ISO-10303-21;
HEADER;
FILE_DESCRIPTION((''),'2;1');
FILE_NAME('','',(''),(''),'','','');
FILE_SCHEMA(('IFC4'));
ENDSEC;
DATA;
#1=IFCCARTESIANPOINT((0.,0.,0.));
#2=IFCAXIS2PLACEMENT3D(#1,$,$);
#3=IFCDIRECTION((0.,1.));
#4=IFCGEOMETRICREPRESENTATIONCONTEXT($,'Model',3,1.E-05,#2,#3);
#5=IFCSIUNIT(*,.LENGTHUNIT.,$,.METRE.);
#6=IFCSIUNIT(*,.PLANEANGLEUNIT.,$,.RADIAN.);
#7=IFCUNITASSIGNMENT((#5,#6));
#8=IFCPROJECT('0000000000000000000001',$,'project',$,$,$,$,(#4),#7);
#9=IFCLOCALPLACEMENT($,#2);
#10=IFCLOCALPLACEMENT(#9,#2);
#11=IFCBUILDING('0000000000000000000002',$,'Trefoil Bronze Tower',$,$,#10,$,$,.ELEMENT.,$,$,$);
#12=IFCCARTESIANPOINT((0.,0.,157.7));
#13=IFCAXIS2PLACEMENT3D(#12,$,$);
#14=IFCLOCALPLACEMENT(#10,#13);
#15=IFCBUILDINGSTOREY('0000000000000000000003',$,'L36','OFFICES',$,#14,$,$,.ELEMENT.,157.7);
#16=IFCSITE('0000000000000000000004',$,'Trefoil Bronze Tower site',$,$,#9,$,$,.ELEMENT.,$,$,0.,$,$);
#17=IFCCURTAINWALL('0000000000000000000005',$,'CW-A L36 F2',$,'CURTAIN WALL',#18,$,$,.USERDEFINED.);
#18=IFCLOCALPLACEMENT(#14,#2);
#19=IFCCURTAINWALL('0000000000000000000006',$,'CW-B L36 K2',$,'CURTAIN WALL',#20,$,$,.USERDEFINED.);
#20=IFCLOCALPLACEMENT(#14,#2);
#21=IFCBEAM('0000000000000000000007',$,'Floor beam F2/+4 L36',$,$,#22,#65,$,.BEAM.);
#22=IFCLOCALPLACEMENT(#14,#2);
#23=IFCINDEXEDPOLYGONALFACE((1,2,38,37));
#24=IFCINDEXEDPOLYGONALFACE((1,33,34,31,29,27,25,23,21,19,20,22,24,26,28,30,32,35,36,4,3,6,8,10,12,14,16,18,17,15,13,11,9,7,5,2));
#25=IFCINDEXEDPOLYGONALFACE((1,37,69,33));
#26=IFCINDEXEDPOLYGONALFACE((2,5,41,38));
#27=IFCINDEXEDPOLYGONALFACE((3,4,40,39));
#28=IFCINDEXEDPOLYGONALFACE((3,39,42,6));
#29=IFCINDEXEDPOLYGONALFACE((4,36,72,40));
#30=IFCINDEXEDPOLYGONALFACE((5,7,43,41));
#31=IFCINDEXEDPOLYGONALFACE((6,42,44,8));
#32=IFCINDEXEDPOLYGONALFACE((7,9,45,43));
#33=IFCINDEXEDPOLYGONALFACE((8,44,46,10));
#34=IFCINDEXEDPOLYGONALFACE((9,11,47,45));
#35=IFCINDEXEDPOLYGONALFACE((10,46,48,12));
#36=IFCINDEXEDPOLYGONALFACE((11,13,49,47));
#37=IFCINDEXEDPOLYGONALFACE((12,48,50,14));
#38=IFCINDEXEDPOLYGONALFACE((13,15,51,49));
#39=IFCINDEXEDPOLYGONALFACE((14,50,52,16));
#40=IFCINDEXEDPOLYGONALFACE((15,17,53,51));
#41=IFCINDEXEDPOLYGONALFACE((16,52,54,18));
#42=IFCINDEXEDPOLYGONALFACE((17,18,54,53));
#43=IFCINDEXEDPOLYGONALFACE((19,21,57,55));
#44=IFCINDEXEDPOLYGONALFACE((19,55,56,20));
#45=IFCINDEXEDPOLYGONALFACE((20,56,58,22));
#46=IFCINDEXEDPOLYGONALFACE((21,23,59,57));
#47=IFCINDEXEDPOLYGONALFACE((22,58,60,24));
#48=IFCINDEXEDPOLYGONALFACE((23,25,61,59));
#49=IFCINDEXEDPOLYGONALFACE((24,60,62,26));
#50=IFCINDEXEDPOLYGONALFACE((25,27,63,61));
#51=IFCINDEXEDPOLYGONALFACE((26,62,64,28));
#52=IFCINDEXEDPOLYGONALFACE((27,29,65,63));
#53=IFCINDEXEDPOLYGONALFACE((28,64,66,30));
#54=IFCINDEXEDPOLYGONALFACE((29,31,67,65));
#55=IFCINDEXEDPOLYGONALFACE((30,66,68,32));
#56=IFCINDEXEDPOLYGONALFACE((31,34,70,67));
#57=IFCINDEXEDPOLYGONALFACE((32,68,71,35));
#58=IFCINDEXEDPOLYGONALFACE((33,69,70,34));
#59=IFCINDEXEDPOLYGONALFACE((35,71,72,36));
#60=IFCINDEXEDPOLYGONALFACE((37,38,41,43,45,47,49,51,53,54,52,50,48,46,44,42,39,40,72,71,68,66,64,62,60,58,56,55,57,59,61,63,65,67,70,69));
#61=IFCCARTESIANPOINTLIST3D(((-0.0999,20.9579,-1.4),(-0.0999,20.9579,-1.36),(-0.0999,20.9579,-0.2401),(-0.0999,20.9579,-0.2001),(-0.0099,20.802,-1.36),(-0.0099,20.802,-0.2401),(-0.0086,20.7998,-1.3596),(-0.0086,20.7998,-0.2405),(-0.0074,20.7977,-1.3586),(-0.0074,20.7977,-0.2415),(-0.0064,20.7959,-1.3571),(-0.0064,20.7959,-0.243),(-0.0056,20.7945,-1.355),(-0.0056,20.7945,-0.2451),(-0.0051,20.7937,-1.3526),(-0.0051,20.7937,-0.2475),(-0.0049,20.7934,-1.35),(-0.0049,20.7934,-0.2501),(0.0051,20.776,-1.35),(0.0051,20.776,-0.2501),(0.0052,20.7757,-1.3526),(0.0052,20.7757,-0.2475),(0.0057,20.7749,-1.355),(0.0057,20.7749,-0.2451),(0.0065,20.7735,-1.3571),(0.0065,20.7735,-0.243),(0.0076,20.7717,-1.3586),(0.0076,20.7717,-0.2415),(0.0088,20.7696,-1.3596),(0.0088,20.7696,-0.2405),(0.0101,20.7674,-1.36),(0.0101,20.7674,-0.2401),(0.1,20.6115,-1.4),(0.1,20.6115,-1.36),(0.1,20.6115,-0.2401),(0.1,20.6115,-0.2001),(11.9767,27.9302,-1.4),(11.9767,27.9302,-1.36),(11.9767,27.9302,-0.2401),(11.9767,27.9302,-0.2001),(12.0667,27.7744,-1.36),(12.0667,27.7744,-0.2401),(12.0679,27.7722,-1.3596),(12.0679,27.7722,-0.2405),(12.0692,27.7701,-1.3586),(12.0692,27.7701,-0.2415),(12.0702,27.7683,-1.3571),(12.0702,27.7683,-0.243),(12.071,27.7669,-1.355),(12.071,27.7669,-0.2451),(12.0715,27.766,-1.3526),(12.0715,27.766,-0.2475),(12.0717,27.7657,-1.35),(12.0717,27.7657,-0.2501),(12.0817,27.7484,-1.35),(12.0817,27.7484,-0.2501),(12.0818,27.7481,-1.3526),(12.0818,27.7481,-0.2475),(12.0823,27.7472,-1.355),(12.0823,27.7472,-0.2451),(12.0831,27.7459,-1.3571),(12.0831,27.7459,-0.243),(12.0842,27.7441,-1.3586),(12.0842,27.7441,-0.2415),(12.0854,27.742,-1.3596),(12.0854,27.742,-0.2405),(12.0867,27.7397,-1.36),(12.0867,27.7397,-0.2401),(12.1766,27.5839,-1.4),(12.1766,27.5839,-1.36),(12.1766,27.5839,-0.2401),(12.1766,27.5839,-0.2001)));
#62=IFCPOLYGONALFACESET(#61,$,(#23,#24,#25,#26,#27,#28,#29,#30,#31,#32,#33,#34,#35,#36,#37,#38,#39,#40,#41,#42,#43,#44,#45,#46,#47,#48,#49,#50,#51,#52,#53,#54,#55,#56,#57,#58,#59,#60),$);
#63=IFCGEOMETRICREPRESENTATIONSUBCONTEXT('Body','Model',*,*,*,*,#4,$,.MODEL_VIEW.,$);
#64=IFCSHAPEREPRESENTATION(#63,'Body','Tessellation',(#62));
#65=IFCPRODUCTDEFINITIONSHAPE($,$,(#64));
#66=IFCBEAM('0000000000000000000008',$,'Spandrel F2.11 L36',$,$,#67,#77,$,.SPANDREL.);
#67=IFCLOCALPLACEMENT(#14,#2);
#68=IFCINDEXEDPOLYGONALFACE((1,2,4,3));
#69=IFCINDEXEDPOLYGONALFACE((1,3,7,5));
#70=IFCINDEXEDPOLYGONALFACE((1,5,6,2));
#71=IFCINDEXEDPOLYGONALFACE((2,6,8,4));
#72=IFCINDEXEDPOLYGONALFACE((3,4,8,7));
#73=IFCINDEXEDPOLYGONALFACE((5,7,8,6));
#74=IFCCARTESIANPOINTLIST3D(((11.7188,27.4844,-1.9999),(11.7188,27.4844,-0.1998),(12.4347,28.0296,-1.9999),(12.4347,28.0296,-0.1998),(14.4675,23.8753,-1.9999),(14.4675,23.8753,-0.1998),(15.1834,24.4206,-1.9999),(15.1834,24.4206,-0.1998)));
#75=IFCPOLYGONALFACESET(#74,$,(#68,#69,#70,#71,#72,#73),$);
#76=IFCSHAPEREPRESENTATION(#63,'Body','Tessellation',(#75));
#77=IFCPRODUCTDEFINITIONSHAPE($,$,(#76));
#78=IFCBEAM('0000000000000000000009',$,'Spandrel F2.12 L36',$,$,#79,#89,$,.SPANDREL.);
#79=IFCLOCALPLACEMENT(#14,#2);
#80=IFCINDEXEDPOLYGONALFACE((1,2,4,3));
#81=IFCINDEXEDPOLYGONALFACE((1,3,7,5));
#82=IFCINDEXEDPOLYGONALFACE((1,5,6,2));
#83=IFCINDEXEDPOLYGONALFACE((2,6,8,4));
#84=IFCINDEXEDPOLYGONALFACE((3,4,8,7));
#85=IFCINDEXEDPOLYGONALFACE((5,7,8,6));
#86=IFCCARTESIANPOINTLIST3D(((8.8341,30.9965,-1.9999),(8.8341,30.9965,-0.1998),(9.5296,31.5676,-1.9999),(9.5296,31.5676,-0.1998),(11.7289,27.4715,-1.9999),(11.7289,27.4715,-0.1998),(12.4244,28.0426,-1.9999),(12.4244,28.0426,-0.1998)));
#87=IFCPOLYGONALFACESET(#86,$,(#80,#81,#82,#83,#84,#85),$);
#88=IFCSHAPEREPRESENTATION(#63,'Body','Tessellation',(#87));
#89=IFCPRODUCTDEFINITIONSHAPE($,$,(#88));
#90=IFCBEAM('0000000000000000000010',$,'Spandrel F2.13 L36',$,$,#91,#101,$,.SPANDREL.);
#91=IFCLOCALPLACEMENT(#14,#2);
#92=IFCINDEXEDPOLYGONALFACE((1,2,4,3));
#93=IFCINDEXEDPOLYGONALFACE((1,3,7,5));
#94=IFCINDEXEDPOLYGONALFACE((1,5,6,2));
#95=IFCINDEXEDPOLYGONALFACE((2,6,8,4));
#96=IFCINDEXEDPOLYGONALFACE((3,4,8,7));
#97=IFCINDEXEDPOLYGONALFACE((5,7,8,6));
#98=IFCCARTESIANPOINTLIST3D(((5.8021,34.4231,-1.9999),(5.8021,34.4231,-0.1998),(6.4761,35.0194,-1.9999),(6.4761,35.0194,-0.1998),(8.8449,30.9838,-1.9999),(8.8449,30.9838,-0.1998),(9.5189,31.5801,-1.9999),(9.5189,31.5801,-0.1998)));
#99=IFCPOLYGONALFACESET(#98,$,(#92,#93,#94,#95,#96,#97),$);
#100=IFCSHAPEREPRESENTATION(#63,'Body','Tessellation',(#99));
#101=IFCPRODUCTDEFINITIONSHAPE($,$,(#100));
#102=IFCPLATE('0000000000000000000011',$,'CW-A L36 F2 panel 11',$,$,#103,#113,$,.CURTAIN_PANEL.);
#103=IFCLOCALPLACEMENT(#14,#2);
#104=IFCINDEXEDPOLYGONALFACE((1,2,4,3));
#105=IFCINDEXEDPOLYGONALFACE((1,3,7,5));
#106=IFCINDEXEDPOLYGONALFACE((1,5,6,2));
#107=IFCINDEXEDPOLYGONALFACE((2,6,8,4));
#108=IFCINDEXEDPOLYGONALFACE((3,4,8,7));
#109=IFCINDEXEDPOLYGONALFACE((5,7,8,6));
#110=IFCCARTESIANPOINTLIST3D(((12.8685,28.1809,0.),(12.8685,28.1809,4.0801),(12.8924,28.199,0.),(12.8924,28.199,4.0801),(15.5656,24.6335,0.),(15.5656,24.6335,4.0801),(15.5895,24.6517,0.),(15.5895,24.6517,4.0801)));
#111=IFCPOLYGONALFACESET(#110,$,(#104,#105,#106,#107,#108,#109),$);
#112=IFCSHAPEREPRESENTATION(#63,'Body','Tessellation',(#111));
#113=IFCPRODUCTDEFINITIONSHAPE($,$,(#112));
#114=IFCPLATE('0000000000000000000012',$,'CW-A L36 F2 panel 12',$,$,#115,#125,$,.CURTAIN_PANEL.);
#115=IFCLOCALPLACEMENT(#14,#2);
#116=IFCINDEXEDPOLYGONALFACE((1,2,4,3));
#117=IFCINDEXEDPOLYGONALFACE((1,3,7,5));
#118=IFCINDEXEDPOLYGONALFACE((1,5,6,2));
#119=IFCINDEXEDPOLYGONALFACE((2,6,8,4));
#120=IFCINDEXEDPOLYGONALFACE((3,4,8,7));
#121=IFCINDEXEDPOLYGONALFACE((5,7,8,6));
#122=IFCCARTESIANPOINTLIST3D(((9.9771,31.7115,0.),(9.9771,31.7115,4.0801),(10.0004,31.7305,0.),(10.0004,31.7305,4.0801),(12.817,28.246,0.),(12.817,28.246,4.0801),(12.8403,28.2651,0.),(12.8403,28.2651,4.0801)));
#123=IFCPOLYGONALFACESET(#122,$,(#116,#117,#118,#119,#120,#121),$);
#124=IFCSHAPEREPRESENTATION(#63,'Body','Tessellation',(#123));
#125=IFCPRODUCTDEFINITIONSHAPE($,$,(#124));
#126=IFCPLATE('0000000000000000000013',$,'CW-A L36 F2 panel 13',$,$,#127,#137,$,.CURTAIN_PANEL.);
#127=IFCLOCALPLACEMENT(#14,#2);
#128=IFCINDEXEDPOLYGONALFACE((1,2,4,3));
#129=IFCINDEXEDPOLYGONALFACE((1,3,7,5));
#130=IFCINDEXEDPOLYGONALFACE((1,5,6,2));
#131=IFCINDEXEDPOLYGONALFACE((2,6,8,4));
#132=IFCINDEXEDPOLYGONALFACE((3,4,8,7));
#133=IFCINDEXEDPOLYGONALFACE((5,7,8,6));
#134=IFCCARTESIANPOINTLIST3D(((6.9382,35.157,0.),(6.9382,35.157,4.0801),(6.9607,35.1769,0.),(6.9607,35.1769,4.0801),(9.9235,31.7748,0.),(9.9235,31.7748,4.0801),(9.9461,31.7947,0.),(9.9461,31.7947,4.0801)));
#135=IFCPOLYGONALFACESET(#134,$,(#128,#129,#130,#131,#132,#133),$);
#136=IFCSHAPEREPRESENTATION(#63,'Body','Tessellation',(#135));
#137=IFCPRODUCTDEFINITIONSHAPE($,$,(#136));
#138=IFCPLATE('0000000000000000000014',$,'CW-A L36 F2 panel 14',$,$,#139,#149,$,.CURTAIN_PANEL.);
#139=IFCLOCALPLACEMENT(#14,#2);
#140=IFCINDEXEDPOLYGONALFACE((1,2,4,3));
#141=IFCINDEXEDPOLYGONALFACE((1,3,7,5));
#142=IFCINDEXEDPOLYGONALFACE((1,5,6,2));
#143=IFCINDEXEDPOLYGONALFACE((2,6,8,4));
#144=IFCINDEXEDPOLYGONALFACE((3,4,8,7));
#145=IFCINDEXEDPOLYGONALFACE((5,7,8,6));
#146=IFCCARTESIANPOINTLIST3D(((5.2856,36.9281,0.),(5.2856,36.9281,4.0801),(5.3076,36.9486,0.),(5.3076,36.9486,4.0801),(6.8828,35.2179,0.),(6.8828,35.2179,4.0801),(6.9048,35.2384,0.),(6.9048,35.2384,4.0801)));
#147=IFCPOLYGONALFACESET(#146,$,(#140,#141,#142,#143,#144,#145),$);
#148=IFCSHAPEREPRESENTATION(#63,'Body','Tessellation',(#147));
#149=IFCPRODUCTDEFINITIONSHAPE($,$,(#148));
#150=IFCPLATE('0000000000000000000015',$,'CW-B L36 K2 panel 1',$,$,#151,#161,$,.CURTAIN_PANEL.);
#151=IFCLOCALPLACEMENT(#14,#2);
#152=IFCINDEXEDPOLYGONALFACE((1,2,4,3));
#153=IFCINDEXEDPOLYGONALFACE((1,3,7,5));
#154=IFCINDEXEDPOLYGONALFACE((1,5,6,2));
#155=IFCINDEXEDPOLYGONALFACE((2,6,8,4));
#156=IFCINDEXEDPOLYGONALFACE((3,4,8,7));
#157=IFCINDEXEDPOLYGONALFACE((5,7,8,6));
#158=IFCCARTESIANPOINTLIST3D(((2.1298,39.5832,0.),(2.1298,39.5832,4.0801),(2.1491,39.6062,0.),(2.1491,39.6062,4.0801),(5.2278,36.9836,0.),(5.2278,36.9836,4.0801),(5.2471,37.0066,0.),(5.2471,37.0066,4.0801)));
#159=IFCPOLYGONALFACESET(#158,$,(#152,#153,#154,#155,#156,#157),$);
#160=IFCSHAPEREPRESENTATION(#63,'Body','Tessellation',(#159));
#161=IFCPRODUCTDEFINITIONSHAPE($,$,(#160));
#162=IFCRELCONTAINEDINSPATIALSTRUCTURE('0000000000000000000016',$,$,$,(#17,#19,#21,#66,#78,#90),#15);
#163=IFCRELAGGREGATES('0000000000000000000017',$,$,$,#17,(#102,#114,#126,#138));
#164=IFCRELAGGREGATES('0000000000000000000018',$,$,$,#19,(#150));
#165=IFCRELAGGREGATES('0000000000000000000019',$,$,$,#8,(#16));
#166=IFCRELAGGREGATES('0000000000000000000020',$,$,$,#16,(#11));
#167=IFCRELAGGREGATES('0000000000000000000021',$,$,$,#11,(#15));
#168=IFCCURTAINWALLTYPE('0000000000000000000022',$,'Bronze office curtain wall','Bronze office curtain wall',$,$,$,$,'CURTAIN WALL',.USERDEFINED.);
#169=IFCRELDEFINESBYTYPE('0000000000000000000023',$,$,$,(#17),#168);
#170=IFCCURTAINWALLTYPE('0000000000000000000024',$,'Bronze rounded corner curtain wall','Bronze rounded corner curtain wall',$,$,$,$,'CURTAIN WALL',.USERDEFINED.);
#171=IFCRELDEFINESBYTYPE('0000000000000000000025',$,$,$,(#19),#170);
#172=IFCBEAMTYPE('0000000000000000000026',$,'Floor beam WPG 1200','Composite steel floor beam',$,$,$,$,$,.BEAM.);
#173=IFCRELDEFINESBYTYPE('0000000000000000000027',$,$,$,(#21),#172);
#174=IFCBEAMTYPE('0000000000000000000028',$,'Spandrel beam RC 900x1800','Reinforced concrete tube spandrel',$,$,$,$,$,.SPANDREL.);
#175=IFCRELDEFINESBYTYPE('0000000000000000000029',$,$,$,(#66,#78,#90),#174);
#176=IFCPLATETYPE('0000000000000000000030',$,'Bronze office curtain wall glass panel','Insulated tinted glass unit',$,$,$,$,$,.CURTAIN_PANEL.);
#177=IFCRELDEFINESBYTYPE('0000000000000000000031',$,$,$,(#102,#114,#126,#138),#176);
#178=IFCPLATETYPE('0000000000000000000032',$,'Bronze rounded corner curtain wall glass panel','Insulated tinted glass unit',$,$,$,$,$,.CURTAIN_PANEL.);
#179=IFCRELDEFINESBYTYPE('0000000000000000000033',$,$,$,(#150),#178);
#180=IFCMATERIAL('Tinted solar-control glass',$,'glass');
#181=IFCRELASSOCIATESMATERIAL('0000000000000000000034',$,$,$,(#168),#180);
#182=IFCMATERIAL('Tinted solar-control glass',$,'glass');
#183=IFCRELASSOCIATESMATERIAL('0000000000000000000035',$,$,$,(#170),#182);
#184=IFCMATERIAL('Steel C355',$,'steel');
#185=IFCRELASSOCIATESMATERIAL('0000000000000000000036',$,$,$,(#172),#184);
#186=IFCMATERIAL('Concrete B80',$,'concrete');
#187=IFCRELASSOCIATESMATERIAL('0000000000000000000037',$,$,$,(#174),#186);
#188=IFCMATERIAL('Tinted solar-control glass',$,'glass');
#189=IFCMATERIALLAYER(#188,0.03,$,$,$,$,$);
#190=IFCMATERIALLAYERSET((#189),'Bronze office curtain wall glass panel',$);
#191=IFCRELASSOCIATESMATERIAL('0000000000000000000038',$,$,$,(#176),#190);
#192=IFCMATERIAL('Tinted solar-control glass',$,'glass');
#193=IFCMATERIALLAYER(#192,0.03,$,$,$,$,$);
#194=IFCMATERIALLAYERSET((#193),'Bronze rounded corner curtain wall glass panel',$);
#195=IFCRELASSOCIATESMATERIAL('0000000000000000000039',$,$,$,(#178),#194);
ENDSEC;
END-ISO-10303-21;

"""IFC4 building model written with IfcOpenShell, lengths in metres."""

from ifc_helpers import new_model, si_unit, direction, frame, origin, origin_2d, place, context, subcontext, project, spatial, rectangle, i_section, extrude, material, layer, layer_set, material_profile, profile_set, type_object, element, aggregate, save


model = new_model("IFC4")

# Units and contexts
model_context = context("Model", 3, precision=1e-05, world=origin(), true_north=direction((0.0, 1.0)))
body_context = subcontext(model_context, "Body", "Model", "MODEL_VIEW")
ifc_project = project(units=[si_unit("LENGTHUNIT", "METRE"), si_unit("PLANEANGLEUNIT", "RADIAN")], contexts=[model_context])

# Site, building, storey
site_placement = place(None, origin())
site = spatial("IfcSite", under=ifc_project, at=site_placement, Name="Trefoil Bronze Tower site", CompositionType="ELEMENT", RefElevation=0.0)
building_placement = place(site_placement, origin())
building = spatial("IfcBuilding", under=site, at=building_placement, Name="Trefoil Bronze Tower", CompositionType="ELEMENT")
storey_placement = place(building_placement, frame((0.0, 0.0, 157.7)))
storey = spatial("IfcBuildingStorey", under=building, at=storey_placement, Name="L36", Description="OFFICES", CompositionType="ELEMENT", Elevation=157.7)

# Curtain walls
ifc_material_1 = material(Name="Tinted solar-control glass", Category="glass")
curtain_wall_type_1 = type_object("IfcCurtainWallType", Name="Bronze office curtain wall", Description="Bronze office curtain wall", ElementType="CURTAIN WALL", PredefinedType="USERDEFINED", material=ifc_material_1)
curtain_wall_1_placement = place(storey_placement, origin())
curtain_wall_1 = element("IfcCurtainWall", 1, at=curtain_wall_1_placement, inside=storey, type_object=curtain_wall_type_1, Name="CW-A L36 F2", ObjectType="CURTAIN WALL", PredefinedType="USERDEFINED")
ifc_material_2 = material(Name="Tinted solar-control glass", Category="glass")
curtain_wall_type_2 = type_object("IfcCurtainWallType", Name="Bronze rounded corner curtain wall", Description="Bronze rounded corner curtain wall", ElementType="CURTAIN WALL", PredefinedType="USERDEFINED", material=ifc_material_2)
curtain_wall_2_placement = place(storey_placement, origin())
curtain_wall_2 = element("IfcCurtainWall", 2, at=curtain_wall_2_placement, inside=storey, type_object=curtain_wall_type_2, Name="CW-B L36 K2", ObjectType="CURTAIN WALL", PredefinedType="USERDEFINED")

# Beams
ifc_material_3 = material(Name="Steel C355", Category="steel")
ifc_material_profile_1 = material_profile(ifc_material_3, i_section(OverallWidth=0.3999, OverallDepth=1.2, WebThickness=0.02, FlangeThickness=0.04, FilletRadius=0.01, at=origin_2d()), Name="WPG 1200")
ifc_profile_set_1 = profile_set([ifc_material_profile_1], Name="Steel C355")
beam_type_1 = type_object("IfcBeamType", Name="Floor beam WPG 1200", Description="Composite steel floor beam", PredefinedType="BEAM", material=ifc_profile_set_1)
beam_1_placement = place(storey_placement, frame((12.0767, 27.7571, -0.8), z_axis=(-0.866027, -0.499997, 0.0), x_axis=(0.499997, -0.866027, 0.0)))
element("IfcBeam", 3, at=beam_1_placement, inside=storey, type_object=beam_type_1, Name="Floor beam F2/+4 L36", PredefinedType="BEAM", context=body_context, shape_type="SweptSolid", body=[
    extrude(i_section(OverallWidth=0.3999, OverallDepth=1.2, WebThickness=0.02, FlangeThickness=0.04, FilletRadius=0.01, at=origin_2d()), origin(), (0.0, 0.0, 1.0), 13.9448),
])
ifc_material_4 = material(Name="Concrete B80", Category="concrete")
ifc_material_profile_2 = material_profile(ifc_material_4, rectangle(XDim=0.8999, YDim=1.8, at=origin_2d()), Name="RC 900x1800")
ifc_profile_set_2 = profile_set([ifc_material_profile_2], Name="Concrete B80")
beam_type_2 = type_object("IfcBeamType", Name="Spandrel beam RC 900x1800", Description="Reinforced concrete tube spandrel", PredefinedType="SPANDREL", material=ifc_profile_set_2)
beam_2_placement = place(storey_placement, frame((14.8254, 24.1479, -1.0999), z_axis=(-0.605899, 0.795542, 0.0), x_axis=(-0.795542, -0.605899, 0.0)))
element("IfcBeam", 4, at=beam_2_placement, inside=storey, type_object=beam_type_2, Name="Spandrel F2.11 L36", PredefinedType="SPANDREL", context=body_context, shape_type="SweptSolid", body=[
    extrude(rectangle(XDim=0.8999, YDim=1.8, at=origin_2d()), origin(), (0.0, 0.0, 1.0), 4.5366),
])
beam_3_placement = place(storey_placement, frame((12.0767, 27.7571, -1.0999), z_axis=(-0.63465, 0.772799, 0.0), x_axis=(-0.772799, -0.63465, 0.0)))
element("IfcBeam", 5, at=beam_3_placement, inside=storey, type_object=beam_type_2, Name="Spandrel F2.12 L36", PredefinedType="SPANDREL", context=body_context, shape_type="SweptSolid", body=[
    extrude(rectangle(XDim=0.8999, YDim=1.8, at=origin_2d()), origin(), (0.0, 0.0, 1.0), 4.5613),
])
beam_4_placement = place(storey_placement, frame((9.1819, 31.282, -1.0999), z_axis=(-0.662616, 0.748959, 0.0), x_axis=(-0.748959, -0.662616, 0.0)))
element("IfcBeam", 6, at=beam_4_placement, inside=storey, type_object=beam_type_2, Name="Spandrel F2.13 L36", PredefinedType="SPANDREL", context=body_context, shape_type="SweptSolid", body=[
    extrude(rectangle(XDim=0.8999, YDim=1.8, at=origin_2d()), origin(), (0.0, 0.0, 1.0), 4.592),
])

# Plates
ifc_material_5 = material(Name="Tinted solar-control glass", Category="glass")
ifc_layer_1 = layer(ifc_material_5, 0.03)
ifc_layer_set_1 = layer_set([ifc_layer_1], Name="Bronze office curtain wall glass panel")
plate_type_1 = type_object("IfcPlateType", Name="Bronze office curtain wall glass panel", Description="Insulated tinted glass unit", PredefinedType="CURTAIN_PANEL", material=ifc_layer_set_1)
plate_1_placement = place(storey_placement, frame((14.229, 26.4163, 0.0), z_axis=(0.0, 0.0, 1.0), x_axis=(-0.605252, 0.796034, 0.0)))
plate_1 = element("IfcPlate", 7, at=plate_1_placement, type_object=plate_type_1, Name="CW-A L36 F2 panel 11", PredefinedType="CURTAIN_PANEL", context=body_context, shape_type="SweptSolid", body=[
    extrude(rectangle(XDim=4.4563, YDim=0.03, at=origin_2d()), origin(), (0.0, 0.0, 1.0), 4.0801),
])
plate_2_placement = place(storey_placement, frame((11.4087, 29.9883, 0.0), z_axis=(0.0, 0.0, 1.0), x_axis=(-0.63384, 0.773464, 0.0)))
plate_2 = element("IfcPlate", 8, at=plate_2_placement, type_object=plate_type_1, Name="CW-A L36 F2 panel 12", PredefinedType="CURTAIN_PANEL", context=body_context, shape_type="SweptSolid", body=[
    extrude(rectangle(XDim=4.4805, YDim=0.03, at=origin_2d()), origin(), (0.0, 0.0, 1.0), 4.0801),
])
plate_3_placement = place(storey_placement, frame((8.4421, 33.4758, 0.0), z_axis=(0.0, 0.0, 1.0), x_axis=(-0.661751, 0.749723, 0.0)))
plate_3 = element("IfcPlate", 9, at=plate_3_placement, type_object=plate_type_1, Name="CW-A L36 F2 panel 13", PredefinedType="CURTAIN_PANEL", context=body_context, shape_type="SweptSolid", body=[
    extrude(rectangle(XDim=4.5112, YDim=0.03, at=origin_2d()), origin(), (0.0, 0.0, 1.0), 4.0801),
])
plate_4_placement = place(storey_placement, frame((6.0952, 36.0833, 0.0), z_axis=(0.0, 0.0, 1.0), x_axis=(-0.682536, 0.730852, 0.0)))
plate_4 = element("IfcPlate", 10, at=plate_4_placement, type_object=plate_type_1, Name="CW-A L36 F2 panel 14", PredefinedType="CURTAIN_PANEL", context=body_context, shape_type="SweptSolid", body=[
    extrude(rectangle(XDim=2.3401, YDim=0.03, at=origin_2d()), origin(), (0.0, 0.0, 1.0), 4.0801),
])
aggregate(curtain_wall_1, [plate_1, plate_2, plate_3, plate_4])
ifc_material_6 = material(Name="Tinted solar-control glass", Category="glass")
ifc_layer_2 = layer(ifc_material_6, 0.03)
ifc_layer_set_2 = layer_set([ifc_layer_2], Name="Bronze rounded corner curtain wall glass panel")
plate_type_2 = type_object("IfcPlateType", Name="Bronze rounded corner curtain wall glass panel", Description="Insulated tinted glass unit", PredefinedType="CURTAIN_PANEL", material=ifc_layer_set_2)
plate_5_placement = place(storey_placement, frame((3.6885, 38.2949, 0.0), z_axis=(0.0, 0.0, 1.0), x_axis=(-0.766044, 0.642788, 0.0)))
plate_5 = element("IfcPlate", 11, at=plate_5_placement, type_object=plate_type_2, Name="CW-B L36 K2 panel 1", PredefinedType="CURTAIN_PANEL", context=body_context, shape_type="SweptSolid", body=[
    extrude(rectangle(XDim=4.0442, YDim=0.03, at=origin_2d()), origin(), (0.0, 0.0, 1.0), 4.0801),
])
aggregate(curtain_wall_2, [plate_5])

save(model, "model.ifc")
